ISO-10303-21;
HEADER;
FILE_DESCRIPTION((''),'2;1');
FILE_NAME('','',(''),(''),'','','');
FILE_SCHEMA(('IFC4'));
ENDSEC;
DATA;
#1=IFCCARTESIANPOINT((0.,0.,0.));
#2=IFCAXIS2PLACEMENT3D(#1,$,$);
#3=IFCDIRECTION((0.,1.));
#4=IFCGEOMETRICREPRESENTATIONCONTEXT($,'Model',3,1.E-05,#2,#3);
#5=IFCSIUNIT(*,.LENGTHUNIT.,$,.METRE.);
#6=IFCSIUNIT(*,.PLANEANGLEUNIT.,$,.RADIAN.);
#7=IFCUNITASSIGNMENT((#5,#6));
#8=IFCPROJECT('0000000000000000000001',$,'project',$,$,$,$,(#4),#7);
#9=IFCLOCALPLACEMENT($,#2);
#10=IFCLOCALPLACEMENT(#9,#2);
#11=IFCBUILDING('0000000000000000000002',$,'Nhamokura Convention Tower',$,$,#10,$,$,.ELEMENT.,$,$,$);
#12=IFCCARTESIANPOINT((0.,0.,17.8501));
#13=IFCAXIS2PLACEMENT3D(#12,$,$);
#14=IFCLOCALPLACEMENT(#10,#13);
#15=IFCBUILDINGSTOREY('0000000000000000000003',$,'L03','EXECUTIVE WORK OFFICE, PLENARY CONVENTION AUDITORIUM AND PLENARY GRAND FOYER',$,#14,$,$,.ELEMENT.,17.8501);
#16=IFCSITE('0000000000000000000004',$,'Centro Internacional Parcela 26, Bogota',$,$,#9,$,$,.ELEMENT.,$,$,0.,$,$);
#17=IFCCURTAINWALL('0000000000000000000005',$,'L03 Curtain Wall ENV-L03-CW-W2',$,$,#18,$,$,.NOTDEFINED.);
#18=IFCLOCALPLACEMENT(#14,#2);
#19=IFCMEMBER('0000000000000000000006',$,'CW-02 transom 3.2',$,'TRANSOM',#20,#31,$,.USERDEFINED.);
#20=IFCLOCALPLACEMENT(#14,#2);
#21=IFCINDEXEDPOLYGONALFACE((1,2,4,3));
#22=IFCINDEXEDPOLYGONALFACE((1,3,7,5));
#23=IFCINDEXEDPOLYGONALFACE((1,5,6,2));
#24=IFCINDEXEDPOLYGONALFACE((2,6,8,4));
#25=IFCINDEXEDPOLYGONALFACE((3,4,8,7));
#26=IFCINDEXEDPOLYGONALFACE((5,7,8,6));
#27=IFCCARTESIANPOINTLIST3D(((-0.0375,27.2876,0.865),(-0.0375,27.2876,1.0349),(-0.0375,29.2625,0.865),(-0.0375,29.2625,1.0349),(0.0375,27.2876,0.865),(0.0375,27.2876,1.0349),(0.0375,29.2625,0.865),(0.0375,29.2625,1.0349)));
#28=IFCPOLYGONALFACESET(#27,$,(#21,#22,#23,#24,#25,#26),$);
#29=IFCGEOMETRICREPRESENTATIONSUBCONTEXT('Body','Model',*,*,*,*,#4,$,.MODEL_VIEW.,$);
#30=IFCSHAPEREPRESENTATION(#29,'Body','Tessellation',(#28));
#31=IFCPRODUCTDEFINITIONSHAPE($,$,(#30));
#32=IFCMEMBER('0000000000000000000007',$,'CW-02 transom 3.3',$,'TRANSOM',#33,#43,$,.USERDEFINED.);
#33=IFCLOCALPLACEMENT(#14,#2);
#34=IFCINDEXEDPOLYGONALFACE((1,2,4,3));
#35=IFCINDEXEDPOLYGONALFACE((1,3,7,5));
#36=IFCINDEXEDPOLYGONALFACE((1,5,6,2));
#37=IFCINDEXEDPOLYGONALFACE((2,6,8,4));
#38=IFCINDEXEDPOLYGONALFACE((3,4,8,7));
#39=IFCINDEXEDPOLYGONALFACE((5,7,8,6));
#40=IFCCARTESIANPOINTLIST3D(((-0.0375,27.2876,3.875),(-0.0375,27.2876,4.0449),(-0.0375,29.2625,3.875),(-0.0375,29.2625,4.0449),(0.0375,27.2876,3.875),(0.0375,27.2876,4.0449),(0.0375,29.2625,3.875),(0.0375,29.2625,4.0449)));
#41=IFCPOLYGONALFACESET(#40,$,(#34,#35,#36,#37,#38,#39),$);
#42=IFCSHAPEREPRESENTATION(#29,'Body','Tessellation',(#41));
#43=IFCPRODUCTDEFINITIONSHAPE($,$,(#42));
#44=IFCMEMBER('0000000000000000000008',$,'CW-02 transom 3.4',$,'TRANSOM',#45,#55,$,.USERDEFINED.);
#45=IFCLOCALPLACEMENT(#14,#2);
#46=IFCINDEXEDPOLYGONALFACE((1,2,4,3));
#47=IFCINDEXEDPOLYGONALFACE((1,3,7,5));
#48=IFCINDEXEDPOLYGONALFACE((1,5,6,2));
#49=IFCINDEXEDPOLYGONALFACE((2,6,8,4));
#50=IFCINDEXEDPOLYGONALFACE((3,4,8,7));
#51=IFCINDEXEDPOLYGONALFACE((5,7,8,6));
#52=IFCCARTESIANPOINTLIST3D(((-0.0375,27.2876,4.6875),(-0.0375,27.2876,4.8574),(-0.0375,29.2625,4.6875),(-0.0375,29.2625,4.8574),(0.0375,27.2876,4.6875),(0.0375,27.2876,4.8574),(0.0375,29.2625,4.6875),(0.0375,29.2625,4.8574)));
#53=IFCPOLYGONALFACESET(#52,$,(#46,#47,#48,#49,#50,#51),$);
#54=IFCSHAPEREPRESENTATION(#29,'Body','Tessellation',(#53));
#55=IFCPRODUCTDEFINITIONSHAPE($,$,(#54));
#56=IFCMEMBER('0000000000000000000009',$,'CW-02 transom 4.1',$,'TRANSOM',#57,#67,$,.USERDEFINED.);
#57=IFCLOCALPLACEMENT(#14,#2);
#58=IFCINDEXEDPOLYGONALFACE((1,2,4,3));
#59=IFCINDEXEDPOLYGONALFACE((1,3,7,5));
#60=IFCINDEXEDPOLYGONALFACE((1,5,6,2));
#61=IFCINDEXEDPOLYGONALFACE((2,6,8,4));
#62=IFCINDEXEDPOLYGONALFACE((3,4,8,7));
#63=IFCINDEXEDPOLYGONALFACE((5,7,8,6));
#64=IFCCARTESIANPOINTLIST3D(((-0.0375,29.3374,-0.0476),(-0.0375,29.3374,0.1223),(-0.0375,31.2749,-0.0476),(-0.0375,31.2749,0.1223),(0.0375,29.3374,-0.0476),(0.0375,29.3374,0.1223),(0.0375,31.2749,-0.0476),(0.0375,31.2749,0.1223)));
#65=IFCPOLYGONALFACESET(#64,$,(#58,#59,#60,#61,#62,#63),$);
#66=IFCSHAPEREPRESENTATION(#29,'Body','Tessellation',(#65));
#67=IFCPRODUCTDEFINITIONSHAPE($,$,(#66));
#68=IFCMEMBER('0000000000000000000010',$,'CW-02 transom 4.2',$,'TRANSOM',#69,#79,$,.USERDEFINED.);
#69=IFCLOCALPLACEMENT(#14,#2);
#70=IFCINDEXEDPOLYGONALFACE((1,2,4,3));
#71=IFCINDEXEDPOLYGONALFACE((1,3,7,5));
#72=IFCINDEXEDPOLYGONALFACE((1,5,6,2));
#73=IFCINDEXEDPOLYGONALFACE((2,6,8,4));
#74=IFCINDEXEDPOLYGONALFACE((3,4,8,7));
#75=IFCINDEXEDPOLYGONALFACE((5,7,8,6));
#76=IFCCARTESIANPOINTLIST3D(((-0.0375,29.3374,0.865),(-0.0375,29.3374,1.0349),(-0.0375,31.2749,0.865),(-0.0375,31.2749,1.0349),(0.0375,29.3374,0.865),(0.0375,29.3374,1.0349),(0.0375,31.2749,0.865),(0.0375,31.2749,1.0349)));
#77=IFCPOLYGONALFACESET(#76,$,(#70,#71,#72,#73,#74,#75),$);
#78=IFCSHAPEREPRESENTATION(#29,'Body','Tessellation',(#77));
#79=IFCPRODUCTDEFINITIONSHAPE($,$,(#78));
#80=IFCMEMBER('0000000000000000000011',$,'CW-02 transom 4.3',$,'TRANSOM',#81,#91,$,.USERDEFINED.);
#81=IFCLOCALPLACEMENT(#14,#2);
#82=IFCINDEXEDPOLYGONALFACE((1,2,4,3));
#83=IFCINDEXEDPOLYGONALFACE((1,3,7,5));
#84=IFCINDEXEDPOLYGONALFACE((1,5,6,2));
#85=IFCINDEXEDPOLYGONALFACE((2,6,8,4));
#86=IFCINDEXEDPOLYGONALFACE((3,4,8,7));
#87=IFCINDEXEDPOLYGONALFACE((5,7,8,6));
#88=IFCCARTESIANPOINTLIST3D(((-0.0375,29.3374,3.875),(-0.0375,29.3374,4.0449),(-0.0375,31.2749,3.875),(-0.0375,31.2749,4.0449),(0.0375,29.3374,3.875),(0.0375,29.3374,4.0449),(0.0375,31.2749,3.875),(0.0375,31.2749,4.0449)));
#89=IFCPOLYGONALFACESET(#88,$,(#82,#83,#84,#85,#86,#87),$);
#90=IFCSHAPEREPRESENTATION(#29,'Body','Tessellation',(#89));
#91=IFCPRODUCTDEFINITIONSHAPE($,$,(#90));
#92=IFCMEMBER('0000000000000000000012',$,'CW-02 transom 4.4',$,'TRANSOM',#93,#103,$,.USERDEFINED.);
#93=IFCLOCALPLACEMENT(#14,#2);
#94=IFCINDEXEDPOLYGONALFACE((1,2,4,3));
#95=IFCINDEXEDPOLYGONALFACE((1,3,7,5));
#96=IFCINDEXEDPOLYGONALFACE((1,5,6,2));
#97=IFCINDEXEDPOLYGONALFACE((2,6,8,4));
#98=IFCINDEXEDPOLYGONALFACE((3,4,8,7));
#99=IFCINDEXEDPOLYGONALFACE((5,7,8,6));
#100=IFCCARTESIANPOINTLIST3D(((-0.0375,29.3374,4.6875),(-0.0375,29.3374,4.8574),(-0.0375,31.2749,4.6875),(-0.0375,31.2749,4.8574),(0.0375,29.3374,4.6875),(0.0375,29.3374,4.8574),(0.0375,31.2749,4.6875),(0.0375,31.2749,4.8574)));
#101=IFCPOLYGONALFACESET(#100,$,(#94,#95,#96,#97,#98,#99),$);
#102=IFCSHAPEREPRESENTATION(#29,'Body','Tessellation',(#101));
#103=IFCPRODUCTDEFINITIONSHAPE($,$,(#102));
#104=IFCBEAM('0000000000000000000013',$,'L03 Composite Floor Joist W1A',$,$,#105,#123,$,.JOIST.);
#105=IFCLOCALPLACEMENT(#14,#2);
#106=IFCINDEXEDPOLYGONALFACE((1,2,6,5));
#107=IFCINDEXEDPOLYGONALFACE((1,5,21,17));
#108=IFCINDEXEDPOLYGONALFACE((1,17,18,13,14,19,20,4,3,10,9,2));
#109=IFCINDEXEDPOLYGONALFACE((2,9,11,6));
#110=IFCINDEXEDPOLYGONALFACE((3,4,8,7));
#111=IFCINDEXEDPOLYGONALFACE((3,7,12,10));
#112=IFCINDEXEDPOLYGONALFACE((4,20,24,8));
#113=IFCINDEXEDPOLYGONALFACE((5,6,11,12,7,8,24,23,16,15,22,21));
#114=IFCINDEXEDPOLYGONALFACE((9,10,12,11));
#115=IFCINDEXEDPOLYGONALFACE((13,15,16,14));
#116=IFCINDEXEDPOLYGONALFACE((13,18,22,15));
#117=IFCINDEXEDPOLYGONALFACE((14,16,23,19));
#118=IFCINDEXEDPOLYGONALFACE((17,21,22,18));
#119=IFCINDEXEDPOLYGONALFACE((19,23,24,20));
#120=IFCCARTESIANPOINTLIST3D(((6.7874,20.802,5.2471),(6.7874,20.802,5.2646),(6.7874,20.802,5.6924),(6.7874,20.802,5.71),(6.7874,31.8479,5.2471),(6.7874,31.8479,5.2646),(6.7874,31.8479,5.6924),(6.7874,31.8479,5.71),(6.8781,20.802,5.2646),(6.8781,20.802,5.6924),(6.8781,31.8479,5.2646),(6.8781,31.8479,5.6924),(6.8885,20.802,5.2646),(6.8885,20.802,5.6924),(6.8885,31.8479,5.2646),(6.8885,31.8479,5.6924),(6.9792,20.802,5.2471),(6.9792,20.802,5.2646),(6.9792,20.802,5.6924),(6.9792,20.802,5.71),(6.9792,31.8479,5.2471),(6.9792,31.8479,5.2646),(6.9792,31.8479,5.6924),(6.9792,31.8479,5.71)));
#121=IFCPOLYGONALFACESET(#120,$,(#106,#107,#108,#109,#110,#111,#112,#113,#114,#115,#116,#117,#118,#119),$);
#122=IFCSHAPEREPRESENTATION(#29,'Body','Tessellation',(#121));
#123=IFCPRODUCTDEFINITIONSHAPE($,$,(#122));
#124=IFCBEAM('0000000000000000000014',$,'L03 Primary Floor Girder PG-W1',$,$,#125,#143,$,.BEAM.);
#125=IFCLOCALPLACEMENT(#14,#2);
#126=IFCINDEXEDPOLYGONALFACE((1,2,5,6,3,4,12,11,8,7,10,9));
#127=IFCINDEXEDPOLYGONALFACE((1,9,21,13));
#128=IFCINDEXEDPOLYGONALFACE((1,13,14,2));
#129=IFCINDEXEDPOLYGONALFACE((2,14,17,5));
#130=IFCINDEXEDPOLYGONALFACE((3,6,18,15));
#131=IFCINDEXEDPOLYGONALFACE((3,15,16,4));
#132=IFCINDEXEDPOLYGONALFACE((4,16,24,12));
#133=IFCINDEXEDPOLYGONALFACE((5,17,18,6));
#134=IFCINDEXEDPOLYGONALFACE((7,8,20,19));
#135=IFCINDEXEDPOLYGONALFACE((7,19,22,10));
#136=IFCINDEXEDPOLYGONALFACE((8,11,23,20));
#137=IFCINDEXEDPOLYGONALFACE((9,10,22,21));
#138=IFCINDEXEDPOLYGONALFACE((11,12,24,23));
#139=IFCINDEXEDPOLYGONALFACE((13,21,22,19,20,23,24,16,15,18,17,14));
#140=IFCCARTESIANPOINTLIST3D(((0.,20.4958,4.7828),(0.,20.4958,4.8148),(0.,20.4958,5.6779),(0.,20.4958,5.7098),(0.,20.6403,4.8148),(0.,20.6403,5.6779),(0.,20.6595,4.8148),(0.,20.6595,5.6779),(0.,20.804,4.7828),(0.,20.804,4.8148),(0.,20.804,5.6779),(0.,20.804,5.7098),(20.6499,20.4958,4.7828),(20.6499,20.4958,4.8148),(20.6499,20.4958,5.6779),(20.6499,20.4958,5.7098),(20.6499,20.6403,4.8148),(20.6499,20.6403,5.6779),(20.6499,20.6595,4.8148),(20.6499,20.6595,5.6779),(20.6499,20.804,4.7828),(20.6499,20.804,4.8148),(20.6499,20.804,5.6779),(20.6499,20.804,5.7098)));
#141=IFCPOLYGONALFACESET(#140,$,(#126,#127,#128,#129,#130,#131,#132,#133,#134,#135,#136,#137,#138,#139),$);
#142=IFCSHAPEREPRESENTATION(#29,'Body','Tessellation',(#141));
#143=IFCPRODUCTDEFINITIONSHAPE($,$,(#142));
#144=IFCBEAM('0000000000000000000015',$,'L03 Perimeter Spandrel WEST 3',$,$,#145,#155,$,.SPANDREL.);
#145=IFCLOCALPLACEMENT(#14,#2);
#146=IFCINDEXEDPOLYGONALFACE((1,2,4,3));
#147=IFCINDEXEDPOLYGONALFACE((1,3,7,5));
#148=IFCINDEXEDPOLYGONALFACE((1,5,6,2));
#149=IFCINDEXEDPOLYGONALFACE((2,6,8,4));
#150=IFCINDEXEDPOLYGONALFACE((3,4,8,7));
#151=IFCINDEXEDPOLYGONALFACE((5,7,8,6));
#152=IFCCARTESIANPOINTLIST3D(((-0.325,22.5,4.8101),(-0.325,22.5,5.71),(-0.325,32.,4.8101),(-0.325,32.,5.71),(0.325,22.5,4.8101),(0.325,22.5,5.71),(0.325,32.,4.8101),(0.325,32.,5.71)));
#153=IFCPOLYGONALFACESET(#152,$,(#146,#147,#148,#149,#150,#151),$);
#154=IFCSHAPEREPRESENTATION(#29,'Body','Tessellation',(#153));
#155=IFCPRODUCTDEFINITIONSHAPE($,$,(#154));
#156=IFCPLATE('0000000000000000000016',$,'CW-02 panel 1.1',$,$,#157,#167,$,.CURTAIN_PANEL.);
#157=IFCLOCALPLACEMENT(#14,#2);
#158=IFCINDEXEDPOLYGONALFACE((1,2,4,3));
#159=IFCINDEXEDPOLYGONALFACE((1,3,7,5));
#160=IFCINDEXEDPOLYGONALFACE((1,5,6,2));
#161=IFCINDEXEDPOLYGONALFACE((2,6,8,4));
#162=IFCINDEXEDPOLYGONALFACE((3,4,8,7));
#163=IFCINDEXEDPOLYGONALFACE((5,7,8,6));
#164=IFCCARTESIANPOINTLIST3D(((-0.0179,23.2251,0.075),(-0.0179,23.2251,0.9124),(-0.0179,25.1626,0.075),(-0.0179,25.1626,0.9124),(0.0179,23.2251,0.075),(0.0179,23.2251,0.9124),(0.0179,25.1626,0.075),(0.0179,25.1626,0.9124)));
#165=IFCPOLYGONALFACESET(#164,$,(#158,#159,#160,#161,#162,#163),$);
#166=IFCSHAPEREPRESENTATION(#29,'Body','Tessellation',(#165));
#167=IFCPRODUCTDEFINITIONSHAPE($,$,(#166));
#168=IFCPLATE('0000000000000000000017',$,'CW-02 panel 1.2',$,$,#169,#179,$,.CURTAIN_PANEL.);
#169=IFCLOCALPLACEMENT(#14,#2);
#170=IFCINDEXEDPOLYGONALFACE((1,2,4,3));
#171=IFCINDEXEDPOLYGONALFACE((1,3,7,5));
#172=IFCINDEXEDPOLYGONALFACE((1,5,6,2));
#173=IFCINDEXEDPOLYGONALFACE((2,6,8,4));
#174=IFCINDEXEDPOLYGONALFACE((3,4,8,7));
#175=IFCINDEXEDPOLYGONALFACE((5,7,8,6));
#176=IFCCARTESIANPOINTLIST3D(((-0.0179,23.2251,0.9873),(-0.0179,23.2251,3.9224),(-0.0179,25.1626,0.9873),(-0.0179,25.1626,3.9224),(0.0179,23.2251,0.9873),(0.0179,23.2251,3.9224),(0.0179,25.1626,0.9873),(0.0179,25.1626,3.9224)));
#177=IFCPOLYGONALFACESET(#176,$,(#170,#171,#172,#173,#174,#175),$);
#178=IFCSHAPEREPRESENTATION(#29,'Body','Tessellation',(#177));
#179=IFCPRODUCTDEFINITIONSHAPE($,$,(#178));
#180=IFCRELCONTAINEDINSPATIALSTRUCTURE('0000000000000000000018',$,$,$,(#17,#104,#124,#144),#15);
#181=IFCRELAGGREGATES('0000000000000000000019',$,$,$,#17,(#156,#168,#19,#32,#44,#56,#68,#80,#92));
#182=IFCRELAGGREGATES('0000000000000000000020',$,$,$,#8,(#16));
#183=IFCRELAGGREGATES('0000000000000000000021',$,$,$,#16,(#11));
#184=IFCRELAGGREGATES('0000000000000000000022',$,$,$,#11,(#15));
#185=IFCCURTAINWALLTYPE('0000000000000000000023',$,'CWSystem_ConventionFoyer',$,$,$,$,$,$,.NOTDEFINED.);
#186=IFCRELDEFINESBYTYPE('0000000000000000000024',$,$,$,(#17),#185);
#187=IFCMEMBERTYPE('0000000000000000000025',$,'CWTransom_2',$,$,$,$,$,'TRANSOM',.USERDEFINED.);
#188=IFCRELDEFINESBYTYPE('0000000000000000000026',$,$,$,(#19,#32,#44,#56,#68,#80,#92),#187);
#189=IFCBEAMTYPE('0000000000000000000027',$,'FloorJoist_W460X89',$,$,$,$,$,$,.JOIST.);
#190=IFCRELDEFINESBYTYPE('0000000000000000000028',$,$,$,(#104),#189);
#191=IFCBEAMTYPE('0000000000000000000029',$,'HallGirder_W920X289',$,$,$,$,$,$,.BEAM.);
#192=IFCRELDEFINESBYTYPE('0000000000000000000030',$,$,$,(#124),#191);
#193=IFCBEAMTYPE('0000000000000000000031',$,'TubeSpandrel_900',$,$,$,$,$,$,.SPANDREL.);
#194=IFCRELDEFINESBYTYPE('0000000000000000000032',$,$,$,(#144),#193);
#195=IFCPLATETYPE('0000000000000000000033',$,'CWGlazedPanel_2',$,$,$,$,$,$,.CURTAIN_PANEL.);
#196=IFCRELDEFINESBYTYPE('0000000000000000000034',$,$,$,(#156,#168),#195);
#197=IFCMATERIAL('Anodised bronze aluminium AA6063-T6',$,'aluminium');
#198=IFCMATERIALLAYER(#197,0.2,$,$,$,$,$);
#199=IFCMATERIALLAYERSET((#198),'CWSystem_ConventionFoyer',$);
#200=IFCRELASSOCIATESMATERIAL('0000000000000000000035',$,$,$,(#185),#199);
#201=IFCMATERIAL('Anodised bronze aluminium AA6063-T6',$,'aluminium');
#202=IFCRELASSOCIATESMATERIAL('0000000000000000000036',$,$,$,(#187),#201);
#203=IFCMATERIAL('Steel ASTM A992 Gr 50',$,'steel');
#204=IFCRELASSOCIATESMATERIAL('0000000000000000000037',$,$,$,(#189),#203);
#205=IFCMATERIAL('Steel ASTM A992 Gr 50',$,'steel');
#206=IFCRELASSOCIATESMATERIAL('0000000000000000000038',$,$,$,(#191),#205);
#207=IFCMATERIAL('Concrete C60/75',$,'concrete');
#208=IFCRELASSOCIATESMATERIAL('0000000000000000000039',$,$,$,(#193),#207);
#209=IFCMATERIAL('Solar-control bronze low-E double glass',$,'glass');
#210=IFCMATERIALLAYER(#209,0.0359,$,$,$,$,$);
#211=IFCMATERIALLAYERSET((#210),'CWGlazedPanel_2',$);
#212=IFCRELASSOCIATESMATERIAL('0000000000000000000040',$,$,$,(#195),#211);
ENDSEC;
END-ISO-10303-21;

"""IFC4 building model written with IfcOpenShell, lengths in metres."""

from ifc_helpers import new_model, si_unit, direction, frame, origin, origin_2d, place, context, subcontext, project, spatial, rectangle, i_section, extrude, material, layer, layer_set, material_profile, profile_set, type_object, element, aggregate, save


model = new_model("IFC4")

# Units and contexts
model_context = context("Model", 3, precision=1e-05, world=origin(), true_north=direction((0.0, 1.0)))
body_context = subcontext(model_context, "Body", "Model", "MODEL_VIEW")
ifc_project = project(units=[si_unit("LENGTHUNIT", "METRE"), si_unit("PLANEANGLEUNIT", "RADIAN")], contexts=[model_context])

# Site, building, storey
site_placement = place(None, origin())
site = spatial("IfcSite", under=ifc_project, at=site_placement, Name="Centro Internacional Parcela 26, Bogota", CompositionType="ELEMENT", RefElevation=0.0)
building_placement = place(site_placement, origin())
building = spatial("IfcBuilding", under=site, at=building_placement, Name="Nhamokura Convention Tower", CompositionType="ELEMENT")
storey_placement = place(building_placement, frame((0.0, 0.0, 17.8501)))
storey = spatial("IfcBuildingStorey", under=building, at=storey_placement, Name="L03", Description="EXECUTIVE WORK OFFICE, PLENARY CONVENTION AUDITORIUM AND PLENARY GRAND FOYER", CompositionType="ELEMENT", Elevation=17.8501)

# Curtain wall, members
ifc_material_1 = material(Name="Anodised bronze aluminium AA6063-T6", Category="aluminium")
ifc_layer_1 = layer(ifc_material_1, 0.2)
ifc_layer_set_1 = layer_set([ifc_layer_1], Name="CWSystem_ConventionFoyer")
curtain_wall_type = type_object("IfcCurtainWallType", Name="CWSystem_ConventionFoyer", PredefinedType="NOTDEFINED", material=ifc_layer_set_1)
curtain_wall_placement = place(storey_placement, origin())
curtain_wall = element("IfcCurtainWall", 1, at=curtain_wall_placement, inside=storey, type_object=curtain_wall_type, Name="L03 Curtain Wall ENV-L03-CW-W2", PredefinedType="NOTDEFINED")
ifc_material_2 = material(Name="Anodised bronze aluminium AA6063-T6", Category="aluminium")
ifc_material_profile_1 = material_profile(ifc_material_2, rectangle(XDim=0.075, YDim=0.1699, at=origin_2d()))
ifc_profile_set_1 = profile_set([ifc_material_profile_1], Name="Anodised bronze aluminium AA6063-T6")
member_type_1 = type_object("IfcMemberType", Name="CWTransom_2", ElementType="TRANSOM", PredefinedType="USERDEFINED", material=ifc_profile_set_1)
member_1_placement = place(storey_placement, frame((0.0, 27.2876, 0.95), z_axis=(0.0, 1.0, 0.0), x_axis=(-1.0, 0.0, 0.0)))
member_1 = element("IfcMember", 2, at=member_1_placement, type_object=member_type_1, Name="CW-02 transom 3.2", ObjectType="TRANSOM", PredefinedType="USERDEFINED", context=body_context, shape_type="SweptSolid", body=[
    extrude(rectangle(XDim=0.075, YDim=0.1699, at=origin_2d()), origin(), (0.0, 0.0, 1.0), 1.9749),
])
member_2_placement = place(storey_placement, frame((0.0, 27.2876, 3.96), z_axis=(0.0, 1.0, 0.0), x_axis=(-1.0, 0.0, 0.0)))
member_2 = element("IfcMember", 3, at=member_2_placement, type_object=member_type_1, Name="CW-02 transom 3.3", ObjectType="TRANSOM", PredefinedType="USERDEFINED", context=body_context, shape_type="SweptSolid", body=[
    extrude(rectangle(XDim=0.075, YDim=0.1699, at=origin_2d()), origin(), (0.0, 0.0, 1.0), 1.9749),
])
member_3_placement = place(storey_placement, frame((0.0, 27.2876, 4.7725), z_axis=(0.0, 1.0, 0.0), x_axis=(-1.0, 0.0, 0.0)))
member_3 = element("IfcMember", 4, at=member_3_placement, type_object=member_type_1, Name="CW-02 transom 3.4", ObjectType="TRANSOM", PredefinedType="USERDEFINED", context=body_context, shape_type="SweptSolid", body=[
    extrude(rectangle(XDim=0.075, YDim=0.1699, at=origin_2d()), origin(), (0.0, 0.0, 1.0), 1.9749),
])
member_4_placement = place(storey_placement, frame((0.0, 29.3374, 0.0374), z_axis=(0.0, 1.0, 0.0), x_axis=(-1.0, 0.0, 0.0)))
member_4 = element("IfcMember", 5, at=member_4_placement, type_object=member_type_1, Name="CW-02 transom 4.1", ObjectType="TRANSOM", PredefinedType="USERDEFINED", context=body_context, shape_type="SweptSolid", body=[
    extrude(rectangle(XDim=0.075, YDim=0.1699, at=origin_2d()), origin(), (0.0, 0.0, 1.0), 1.9375),
])
member_5_placement = place(storey_placement, frame((0.0, 29.3374, 0.95), z_axis=(0.0, 1.0, 0.0), x_axis=(-1.0, 0.0, 0.0)))
member_5 = element("IfcMember", 6, at=member_5_placement, type_object=member_type_1, Name="CW-02 transom 4.2", ObjectType="TRANSOM", PredefinedType="USERDEFINED", context=body_context, shape_type="SweptSolid", body=[
    extrude(rectangle(XDim=0.075, YDim=0.1699, at=origin_2d()), origin(), (0.0, 0.0, 1.0), 1.9375),
])
member_6_placement = place(storey_placement, frame((0.0, 29.3374, 3.96), z_axis=(0.0, 1.0, 0.0), x_axis=(-1.0, 0.0, 0.0)))
member_6 = element("IfcMember", 7, at=member_6_placement, type_object=member_type_1, Name="CW-02 transom 4.3", ObjectType="TRANSOM", PredefinedType="USERDEFINED", context=body_context, shape_type="SweptSolid", body=[
    extrude(rectangle(XDim=0.075, YDim=0.1699, at=origin_2d()), origin(), (0.0, 0.0, 1.0), 1.9375),
])
member_7_placement = place(storey_placement, frame((0.0, 29.3374, 4.7725), z_axis=(0.0, 1.0, 0.0), x_axis=(-1.0, 0.0, 0.0)))
member_7 = element("IfcMember", 8, at=member_7_placement, type_object=member_type_1, Name="CW-02 transom 4.4", ObjectType="TRANSOM", PredefinedType="USERDEFINED", context=body_context, shape_type="SweptSolid", body=[
    extrude(rectangle(XDim=0.075, YDim=0.1699, at=origin_2d()), origin(), (0.0, 0.0, 1.0), 1.9375),
])

# Beams
ifc_material_3 = material(Name="Steel ASTM A992 Gr 50", Category="steel")
ifc_material_profile_2 = material_profile(ifc_material_3, i_section(OverallWidth=0.1919, OverallDepth=0.4629, WebThickness=0.0105, FlangeThickness=0.0176, at=origin_2d()))
ifc_profile_set_2 = profile_set([ifc_material_profile_2], Name="Steel ASTM A992 Gr 50")
beam_type_1 = type_object("IfcBeamType", Name="FloorJoist_W460X89", PredefinedType="JOIST", material=ifc_profile_set_2)
beam_1_placement = place(storey_placement, frame((6.8833, 20.802, 5.4785), z_axis=(0.0, 1.0, 0.0), x_axis=(-1.0, 0.0, 0.0)))
element("IfcBeam", 9, at=beam_1_placement, inside=storey, type_object=beam_type_1, Name="L03 Composite Floor Joist W1A", PredefinedType="JOIST", context=body_context, shape_type="SweptSolid", body=[
    extrude(i_section(OverallWidth=0.1919, OverallDepth=0.4629, WebThickness=0.0105, FlangeThickness=0.0176, at=origin_2d()), origin(), (0.0, 0.0, 1.0), 11.0459),
])
ifc_material_4 = material(Name="Steel ASTM A992 Gr 50", Category="steel")
ifc_material_profile_3 = material_profile(ifc_material_4, i_section(OverallWidth=0.3081, OverallDepth=0.927, WebThickness=0.0193, FlangeThickness=0.032, at=origin_2d()))
ifc_profile_set_3 = profile_set([ifc_material_profile_3], Name="Steel ASTM A992 Gr 50")
beam_type_2 = type_object("IfcBeamType", Name="HallGirder_W920X289", PredefinedType="BEAM", material=ifc_profile_set_3)
beam_2_placement = place(storey_placement, frame((0.0, 20.6499, 5.2463), z_axis=(1.0, 0.0, 0.0), x_axis=(0.0, 1.0, 0.0)))
element("IfcBeam", 10, at=beam_2_placement, inside=storey, type_object=beam_type_2, Name="L03 Primary Floor Girder PG-W1", PredefinedType="BEAM", context=body_context, shape_type="SweptSolid", body=[
    extrude(i_section(OverallWidth=0.3081, OverallDepth=0.927, WebThickness=0.0193, FlangeThickness=0.032, at=origin_2d()), origin(), (0.0, 0.0, 1.0), 20.6499),
])
ifc_material_5 = material(Name="Concrete C60/75", Category="concrete")
ifc_material_profile_4 = material_profile(ifc_material_5, rectangle(XDim=0.6499, YDim=0.8999, at=origin_2d()))
ifc_profile_set_4 = profile_set([ifc_material_profile_4], Name="Concrete C60/75")
beam_type_3 = type_object("IfcBeamType", Name="TubeSpandrel_900", PredefinedType="SPANDREL", material=ifc_profile_set_4)
beam_3_placement = place(storey_placement, frame((0.0, 22.5, 5.26), z_axis=(0.0, 1.0, 0.0), x_axis=(-1.0, 0.0, 0.0)))
element("IfcBeam", 11, at=beam_3_placement, inside=storey, type_object=beam_type_3, Name="L03 Perimeter Spandrel WEST 3", PredefinedType="SPANDREL", context=body_context, shape_type="SweptSolid", body=[
    extrude(rectangle(XDim=0.6499, YDim=0.8999, at=origin_2d()), origin(), (0.0, 0.0, 1.0), 9.5),
])

# Plates
ifc_material_6 = material(Name="Solar-control bronze low-E double glass", Category="glass")
ifc_layer_2 = layer(ifc_material_6, 0.0359)
ifc_layer_set_2 = layer_set([ifc_layer_2], Name="CWGlazedPanel_2")
plate_type = type_object("IfcPlateType", Name="CWGlazedPanel_2", PredefinedType="CURTAIN_PANEL", material=ifc_layer_set_2)
plate_1_placement = place(storey_placement, frame((0.0, 24.1938, 0.075), z_axis=(0.0, 0.0, 1.0), x_axis=(0.0, 1.0, 0.0)))
plate_1 = element("IfcPlate", 12, at=plate_1_placement, type_object=plate_type, Name="CW-02 panel 1.1", PredefinedType="CURTAIN_PANEL", context=body_context, shape_type="SweptSolid", body=[
    extrude(rectangle(XDim=1.9375, YDim=0.0359, at=origin_2d()), origin(), (0.0, 0.0, 1.0), 0.8374),
])
plate_2_placement = place(storey_placement, frame((0.0, 24.1938, 0.9873), z_axis=(0.0, 0.0, 1.0), x_axis=(0.0, 1.0, 0.0)))
plate_2 = element("IfcPlate", 13, at=plate_2_placement, type_object=plate_type, Name="CW-02 panel 1.2", PredefinedType="CURTAIN_PANEL", context=body_context, shape_type="SweptSolid", body=[
    extrude(rectangle(XDim=1.9375, YDim=0.0359, at=origin_2d()), origin(), (0.0, 0.0, 1.0), 2.9351),
])
aggregate(curtain_wall, [plate_1, plate_2, member_1, member_2, member_3, member_4, member_5, member_6, member_7])

save(model, "model.ifc")
